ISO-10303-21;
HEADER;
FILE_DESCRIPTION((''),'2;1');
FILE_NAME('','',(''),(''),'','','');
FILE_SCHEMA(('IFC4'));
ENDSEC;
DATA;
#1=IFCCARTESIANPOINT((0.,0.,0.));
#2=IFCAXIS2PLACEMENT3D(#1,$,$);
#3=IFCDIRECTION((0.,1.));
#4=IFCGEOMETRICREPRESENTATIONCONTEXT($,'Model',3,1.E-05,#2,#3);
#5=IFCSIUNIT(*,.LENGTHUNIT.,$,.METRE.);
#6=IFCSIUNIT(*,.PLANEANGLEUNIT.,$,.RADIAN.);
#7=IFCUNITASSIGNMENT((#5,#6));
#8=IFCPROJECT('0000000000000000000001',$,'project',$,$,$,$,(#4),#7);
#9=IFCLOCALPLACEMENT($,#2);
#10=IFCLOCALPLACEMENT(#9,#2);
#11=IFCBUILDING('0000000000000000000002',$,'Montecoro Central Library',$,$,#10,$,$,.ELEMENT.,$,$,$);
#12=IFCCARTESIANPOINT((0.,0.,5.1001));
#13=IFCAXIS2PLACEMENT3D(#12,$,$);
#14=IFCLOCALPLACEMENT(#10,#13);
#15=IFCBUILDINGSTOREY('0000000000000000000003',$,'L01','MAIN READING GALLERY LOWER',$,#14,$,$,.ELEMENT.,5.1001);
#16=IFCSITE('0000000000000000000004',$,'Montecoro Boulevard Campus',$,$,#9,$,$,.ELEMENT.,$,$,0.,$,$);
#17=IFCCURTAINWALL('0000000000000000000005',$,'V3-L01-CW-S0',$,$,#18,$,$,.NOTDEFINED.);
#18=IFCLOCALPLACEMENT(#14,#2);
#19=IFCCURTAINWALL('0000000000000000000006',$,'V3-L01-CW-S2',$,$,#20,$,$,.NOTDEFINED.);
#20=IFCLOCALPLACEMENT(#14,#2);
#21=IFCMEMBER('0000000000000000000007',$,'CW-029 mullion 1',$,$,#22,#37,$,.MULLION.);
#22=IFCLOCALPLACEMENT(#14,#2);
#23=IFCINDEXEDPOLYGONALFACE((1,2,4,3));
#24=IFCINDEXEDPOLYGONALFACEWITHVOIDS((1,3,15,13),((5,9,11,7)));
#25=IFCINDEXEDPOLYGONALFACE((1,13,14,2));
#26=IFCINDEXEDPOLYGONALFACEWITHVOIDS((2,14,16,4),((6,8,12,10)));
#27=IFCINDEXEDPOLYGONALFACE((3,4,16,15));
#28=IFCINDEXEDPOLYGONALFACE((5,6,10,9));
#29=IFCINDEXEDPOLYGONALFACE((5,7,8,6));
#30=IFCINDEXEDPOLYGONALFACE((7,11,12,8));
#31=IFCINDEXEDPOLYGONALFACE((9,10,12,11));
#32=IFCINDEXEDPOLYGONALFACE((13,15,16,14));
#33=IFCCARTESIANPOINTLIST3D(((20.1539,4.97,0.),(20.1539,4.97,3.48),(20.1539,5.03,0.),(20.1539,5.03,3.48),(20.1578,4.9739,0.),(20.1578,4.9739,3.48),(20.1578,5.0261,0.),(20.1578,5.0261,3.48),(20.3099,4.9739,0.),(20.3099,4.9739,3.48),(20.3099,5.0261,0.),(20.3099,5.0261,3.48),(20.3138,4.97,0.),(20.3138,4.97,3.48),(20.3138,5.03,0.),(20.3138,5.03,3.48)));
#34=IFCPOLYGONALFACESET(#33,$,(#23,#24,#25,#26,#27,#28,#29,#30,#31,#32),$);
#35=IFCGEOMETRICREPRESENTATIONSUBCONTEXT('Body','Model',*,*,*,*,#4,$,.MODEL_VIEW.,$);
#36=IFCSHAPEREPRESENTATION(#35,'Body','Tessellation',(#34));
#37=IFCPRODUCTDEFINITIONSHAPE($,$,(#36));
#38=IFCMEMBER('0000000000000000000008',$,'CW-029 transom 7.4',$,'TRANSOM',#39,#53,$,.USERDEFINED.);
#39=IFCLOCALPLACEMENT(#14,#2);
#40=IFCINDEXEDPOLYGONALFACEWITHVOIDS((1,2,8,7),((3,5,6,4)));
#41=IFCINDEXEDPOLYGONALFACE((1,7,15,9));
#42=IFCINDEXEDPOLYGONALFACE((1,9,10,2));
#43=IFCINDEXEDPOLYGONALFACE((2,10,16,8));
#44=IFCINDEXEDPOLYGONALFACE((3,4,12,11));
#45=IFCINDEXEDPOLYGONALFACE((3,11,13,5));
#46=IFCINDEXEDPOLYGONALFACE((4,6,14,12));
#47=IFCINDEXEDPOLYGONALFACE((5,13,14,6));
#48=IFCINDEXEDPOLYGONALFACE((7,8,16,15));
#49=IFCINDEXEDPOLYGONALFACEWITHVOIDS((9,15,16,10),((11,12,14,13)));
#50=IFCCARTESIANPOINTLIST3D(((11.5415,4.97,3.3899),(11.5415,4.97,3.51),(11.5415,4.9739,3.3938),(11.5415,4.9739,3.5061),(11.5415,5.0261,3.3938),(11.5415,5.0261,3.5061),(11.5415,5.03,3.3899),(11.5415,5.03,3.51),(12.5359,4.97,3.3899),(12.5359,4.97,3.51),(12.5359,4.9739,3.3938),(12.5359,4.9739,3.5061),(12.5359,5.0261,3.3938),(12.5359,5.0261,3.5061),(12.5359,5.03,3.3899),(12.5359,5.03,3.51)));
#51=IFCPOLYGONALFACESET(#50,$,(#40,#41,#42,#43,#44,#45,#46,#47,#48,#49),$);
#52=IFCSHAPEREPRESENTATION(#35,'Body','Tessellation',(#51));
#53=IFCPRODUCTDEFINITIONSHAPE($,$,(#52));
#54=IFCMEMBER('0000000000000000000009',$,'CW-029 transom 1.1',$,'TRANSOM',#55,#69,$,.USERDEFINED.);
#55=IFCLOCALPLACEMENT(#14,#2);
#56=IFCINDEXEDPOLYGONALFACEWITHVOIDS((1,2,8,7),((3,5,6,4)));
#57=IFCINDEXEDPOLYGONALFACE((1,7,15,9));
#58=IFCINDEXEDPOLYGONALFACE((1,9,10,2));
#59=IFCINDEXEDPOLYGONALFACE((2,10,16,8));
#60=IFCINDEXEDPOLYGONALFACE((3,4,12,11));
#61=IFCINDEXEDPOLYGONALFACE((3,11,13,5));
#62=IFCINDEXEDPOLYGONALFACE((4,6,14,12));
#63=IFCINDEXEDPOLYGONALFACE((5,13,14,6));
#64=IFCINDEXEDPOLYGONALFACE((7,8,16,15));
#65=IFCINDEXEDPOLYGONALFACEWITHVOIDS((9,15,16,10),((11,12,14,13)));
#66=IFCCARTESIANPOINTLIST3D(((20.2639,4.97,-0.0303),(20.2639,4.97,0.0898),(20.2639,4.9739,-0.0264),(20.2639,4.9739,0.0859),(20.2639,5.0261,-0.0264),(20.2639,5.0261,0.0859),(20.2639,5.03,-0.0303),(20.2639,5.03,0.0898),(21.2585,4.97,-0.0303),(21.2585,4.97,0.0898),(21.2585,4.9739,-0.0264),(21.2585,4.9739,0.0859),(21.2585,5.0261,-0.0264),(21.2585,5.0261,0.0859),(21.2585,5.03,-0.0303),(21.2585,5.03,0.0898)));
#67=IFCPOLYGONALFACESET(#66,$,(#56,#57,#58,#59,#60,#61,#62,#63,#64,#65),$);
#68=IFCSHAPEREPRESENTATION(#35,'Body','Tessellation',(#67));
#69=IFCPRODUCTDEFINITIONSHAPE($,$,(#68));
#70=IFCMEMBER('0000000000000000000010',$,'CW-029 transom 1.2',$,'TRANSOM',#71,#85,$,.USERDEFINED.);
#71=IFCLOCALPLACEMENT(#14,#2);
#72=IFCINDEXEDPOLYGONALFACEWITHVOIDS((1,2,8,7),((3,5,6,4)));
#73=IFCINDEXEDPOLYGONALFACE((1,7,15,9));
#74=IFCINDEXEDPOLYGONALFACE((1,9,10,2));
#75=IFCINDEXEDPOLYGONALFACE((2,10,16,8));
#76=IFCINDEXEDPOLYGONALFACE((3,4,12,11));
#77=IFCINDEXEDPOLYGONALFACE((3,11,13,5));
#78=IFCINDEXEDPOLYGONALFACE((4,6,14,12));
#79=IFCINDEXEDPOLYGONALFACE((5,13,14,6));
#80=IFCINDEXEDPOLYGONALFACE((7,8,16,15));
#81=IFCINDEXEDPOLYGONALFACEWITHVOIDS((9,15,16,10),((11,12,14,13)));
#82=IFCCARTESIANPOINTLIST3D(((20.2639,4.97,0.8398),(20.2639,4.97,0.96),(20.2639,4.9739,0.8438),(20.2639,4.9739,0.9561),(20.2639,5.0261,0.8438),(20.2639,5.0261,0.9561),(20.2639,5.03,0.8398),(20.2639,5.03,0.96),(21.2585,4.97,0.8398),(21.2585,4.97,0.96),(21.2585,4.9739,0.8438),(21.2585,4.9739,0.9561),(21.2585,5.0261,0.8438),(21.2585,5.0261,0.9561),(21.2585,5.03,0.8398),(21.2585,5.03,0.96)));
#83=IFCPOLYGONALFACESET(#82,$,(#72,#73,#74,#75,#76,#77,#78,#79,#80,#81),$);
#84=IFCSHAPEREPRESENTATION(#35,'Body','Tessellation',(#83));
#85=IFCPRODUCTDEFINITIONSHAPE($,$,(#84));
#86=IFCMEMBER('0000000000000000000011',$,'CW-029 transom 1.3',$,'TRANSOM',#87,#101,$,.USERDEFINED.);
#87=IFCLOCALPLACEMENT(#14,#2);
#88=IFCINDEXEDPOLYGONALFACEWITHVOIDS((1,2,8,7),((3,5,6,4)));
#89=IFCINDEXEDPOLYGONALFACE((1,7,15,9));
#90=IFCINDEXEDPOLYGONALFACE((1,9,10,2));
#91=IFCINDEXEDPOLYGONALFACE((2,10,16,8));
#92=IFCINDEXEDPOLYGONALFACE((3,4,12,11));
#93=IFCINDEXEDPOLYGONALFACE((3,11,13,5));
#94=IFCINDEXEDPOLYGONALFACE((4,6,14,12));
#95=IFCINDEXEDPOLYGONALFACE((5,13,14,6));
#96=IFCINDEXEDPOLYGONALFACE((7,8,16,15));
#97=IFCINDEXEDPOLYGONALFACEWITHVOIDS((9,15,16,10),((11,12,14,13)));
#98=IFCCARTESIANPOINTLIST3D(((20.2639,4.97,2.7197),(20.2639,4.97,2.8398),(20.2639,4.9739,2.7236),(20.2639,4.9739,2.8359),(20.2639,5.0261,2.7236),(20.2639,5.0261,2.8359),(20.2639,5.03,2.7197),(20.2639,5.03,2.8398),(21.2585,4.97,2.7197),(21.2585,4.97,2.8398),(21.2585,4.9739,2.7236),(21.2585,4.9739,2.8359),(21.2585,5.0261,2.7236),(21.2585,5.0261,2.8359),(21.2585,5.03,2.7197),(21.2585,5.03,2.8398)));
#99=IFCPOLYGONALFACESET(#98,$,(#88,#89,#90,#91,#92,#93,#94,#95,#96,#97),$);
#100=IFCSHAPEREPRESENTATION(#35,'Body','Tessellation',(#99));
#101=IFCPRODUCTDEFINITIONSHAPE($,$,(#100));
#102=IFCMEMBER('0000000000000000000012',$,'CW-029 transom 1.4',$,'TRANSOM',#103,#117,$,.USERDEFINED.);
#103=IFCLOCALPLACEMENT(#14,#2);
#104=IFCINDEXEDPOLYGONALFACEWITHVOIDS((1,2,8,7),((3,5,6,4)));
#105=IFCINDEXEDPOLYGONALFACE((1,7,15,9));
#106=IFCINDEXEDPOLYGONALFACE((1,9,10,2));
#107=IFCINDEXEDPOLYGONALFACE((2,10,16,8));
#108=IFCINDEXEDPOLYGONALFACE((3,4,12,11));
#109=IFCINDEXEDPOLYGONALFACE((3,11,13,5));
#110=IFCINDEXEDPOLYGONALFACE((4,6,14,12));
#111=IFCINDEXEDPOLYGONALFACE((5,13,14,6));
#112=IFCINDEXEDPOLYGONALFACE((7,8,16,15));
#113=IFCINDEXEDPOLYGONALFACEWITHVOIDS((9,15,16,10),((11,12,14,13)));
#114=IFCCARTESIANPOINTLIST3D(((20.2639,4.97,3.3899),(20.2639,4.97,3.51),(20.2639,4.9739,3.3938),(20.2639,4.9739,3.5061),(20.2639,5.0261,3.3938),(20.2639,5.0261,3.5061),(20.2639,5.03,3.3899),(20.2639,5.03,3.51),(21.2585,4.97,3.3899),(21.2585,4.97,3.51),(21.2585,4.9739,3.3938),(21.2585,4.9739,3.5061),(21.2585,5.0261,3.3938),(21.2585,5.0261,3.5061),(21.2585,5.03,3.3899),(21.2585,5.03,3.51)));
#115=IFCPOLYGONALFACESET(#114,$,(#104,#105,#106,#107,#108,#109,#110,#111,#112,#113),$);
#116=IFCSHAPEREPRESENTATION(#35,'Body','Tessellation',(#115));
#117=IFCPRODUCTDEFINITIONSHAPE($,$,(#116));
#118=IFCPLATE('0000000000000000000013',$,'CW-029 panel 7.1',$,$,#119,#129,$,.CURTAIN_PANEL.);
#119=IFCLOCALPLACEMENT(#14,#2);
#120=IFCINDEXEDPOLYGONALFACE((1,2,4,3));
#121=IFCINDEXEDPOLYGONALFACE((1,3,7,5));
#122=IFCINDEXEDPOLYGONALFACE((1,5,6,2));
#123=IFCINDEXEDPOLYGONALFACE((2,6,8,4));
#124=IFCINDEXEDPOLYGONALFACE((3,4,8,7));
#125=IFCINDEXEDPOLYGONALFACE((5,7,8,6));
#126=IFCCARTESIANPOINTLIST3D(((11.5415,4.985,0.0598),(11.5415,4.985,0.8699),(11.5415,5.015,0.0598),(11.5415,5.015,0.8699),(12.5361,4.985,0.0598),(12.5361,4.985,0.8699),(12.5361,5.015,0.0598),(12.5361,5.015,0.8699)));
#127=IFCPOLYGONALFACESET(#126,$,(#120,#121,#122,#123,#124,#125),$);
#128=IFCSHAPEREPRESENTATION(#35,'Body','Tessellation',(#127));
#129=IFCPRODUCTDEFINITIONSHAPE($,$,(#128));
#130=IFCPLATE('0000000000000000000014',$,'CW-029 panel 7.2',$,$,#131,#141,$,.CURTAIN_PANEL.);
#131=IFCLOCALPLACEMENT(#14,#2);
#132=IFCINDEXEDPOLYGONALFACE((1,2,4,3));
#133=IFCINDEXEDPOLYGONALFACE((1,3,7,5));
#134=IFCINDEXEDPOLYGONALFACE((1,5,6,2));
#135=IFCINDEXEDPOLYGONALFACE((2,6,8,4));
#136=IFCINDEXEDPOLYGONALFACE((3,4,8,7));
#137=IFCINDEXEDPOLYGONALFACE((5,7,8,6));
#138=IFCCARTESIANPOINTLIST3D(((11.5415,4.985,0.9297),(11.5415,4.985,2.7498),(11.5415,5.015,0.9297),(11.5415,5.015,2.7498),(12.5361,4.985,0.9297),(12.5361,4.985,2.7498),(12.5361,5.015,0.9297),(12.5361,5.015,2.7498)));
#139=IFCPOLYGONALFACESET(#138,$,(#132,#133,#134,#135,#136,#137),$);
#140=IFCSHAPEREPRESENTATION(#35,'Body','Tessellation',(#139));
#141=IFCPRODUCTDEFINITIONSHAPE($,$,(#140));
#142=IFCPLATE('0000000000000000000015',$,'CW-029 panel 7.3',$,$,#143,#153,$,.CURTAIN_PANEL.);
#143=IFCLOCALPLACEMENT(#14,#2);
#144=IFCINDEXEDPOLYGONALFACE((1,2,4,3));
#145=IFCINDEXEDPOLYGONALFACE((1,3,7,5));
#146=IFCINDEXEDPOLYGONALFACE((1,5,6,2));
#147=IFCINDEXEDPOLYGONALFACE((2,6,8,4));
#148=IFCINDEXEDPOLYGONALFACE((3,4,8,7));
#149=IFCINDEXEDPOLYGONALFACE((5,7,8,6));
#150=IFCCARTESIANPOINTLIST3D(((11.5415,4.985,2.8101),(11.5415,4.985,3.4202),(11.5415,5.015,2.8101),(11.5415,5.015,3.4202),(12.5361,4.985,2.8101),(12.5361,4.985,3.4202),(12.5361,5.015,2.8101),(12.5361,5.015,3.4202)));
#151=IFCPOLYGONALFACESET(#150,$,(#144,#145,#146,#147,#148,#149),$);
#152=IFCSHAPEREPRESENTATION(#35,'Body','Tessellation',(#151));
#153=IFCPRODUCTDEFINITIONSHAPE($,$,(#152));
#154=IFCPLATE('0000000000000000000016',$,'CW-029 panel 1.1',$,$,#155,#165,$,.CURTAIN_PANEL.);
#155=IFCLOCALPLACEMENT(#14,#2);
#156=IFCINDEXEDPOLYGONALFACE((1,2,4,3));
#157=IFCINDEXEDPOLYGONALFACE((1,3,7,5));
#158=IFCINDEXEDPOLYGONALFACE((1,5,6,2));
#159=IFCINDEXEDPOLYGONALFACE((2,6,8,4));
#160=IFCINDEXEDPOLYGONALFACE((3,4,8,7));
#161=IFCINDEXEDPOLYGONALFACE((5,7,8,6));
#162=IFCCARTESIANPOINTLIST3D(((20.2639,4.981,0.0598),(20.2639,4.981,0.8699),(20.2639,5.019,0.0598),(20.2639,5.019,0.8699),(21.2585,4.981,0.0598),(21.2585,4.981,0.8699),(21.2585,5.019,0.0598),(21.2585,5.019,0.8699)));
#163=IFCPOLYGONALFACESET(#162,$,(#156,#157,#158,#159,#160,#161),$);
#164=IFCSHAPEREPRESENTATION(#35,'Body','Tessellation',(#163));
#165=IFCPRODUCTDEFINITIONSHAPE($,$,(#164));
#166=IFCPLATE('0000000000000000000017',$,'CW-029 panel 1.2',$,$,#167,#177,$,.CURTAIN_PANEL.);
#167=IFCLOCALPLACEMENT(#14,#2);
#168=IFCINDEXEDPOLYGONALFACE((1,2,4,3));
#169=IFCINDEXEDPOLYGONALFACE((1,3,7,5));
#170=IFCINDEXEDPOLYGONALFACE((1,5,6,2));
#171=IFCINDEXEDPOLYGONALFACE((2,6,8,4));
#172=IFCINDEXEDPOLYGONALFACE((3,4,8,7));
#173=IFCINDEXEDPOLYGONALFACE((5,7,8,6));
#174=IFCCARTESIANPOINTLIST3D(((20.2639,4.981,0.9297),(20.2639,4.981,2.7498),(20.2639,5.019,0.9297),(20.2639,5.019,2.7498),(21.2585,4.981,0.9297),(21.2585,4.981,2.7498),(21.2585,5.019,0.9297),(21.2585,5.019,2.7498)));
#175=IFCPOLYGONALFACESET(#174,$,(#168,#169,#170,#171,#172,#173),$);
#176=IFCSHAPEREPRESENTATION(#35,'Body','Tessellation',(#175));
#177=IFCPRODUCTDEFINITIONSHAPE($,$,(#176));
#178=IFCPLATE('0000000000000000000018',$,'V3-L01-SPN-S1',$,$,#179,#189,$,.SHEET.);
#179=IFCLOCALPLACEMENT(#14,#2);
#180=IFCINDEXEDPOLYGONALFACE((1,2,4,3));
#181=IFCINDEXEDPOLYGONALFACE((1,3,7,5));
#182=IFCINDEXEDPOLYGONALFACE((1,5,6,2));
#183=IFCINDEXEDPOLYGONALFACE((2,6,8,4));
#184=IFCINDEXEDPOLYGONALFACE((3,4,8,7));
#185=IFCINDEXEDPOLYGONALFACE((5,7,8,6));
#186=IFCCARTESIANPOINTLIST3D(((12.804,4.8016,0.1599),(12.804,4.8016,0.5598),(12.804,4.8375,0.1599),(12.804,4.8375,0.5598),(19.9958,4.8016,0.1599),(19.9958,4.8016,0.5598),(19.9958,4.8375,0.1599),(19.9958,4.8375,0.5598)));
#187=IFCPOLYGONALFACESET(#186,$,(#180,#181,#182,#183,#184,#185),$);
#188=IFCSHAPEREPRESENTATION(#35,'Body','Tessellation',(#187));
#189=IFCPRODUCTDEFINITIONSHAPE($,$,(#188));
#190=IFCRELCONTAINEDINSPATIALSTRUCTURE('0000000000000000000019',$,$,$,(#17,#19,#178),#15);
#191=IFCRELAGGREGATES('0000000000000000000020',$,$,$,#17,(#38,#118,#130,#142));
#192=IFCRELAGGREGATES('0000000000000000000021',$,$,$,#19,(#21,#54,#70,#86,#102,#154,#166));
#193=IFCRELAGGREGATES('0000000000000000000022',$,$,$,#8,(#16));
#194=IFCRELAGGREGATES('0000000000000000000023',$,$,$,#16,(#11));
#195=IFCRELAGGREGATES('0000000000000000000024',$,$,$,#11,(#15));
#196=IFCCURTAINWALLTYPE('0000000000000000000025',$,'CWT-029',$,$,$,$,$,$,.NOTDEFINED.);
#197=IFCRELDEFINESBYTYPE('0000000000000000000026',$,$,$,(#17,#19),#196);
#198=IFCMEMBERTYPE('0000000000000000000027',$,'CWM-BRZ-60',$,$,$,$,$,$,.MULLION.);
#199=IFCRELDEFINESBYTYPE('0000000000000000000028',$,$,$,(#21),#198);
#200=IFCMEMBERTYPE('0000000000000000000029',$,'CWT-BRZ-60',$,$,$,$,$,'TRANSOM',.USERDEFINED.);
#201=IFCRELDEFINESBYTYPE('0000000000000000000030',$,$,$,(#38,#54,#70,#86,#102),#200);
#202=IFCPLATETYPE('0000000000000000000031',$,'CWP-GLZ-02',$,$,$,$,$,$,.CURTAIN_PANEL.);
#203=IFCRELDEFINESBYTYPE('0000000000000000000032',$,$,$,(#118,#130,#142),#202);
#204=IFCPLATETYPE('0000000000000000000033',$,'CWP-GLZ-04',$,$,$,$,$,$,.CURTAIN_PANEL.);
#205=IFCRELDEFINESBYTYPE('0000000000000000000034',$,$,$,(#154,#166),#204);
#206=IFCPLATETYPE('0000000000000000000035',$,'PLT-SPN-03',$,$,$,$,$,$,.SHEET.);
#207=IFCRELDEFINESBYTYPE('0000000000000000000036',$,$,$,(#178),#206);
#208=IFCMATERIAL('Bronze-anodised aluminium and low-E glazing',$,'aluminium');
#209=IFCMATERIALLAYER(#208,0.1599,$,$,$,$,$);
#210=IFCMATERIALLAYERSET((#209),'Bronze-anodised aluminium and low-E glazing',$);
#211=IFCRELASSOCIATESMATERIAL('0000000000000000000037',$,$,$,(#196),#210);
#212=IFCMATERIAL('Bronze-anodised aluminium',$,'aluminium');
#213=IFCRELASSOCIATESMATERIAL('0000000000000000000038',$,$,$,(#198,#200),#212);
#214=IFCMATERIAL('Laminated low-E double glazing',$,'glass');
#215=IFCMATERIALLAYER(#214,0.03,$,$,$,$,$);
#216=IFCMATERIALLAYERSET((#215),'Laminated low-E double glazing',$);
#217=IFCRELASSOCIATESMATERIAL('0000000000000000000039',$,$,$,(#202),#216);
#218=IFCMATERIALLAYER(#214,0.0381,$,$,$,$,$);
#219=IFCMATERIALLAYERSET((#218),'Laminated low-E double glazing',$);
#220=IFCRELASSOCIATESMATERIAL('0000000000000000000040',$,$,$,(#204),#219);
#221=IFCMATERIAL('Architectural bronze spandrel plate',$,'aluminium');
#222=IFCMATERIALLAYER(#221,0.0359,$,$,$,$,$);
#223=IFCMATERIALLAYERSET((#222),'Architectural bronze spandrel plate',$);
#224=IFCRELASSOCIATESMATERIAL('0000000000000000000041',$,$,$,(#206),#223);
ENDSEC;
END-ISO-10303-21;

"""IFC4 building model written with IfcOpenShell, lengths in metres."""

from ifc_helpers import new_model, si_unit, direction, frame, origin, origin_2d, place, context, subcontext, project, spatial, rectangle, hollow_rectangle, extrude, material, layer, layer_set, material_profile, profile_set, type_object, element, aggregate, save


model = new_model("IFC4")

# Units and contexts
model_context = context("Model", 3, precision=1e-05, world=origin(), true_north=direction((0.0, 1.0)))
body_context = subcontext(model_context, "Body", "Model", "MODEL_VIEW")
ifc_project = project(units=[si_unit("LENGTHUNIT", "METRE"), si_unit("PLANEANGLEUNIT", "RADIAN")], contexts=[model_context])

# Site, building, storey
site_placement = place(None, origin())
site = spatial("IfcSite", under=ifc_project, at=site_placement, Name="Montecoro Boulevard Campus", CompositionType="ELEMENT", RefElevation=0.0)
building_placement = place(site_placement, origin())
building = spatial("IfcBuilding", under=site, at=building_placement, Name="Montecoro Central Library", CompositionType="ELEMENT")
storey_placement = place(building_placement, frame((0.0, 0.0, 5.1001)))
storey = spatial("IfcBuildingStorey", under=building, at=storey_placement, Name="L01", Description="MAIN READING GALLERY LOWER", CompositionType="ELEMENT", Elevation=5.1001)

# Curtain walls, member
ifc_material_1 = material(Name="Bronze-anodised aluminium and low-E glazing", Category="aluminium")
ifc_layer_1 = layer(ifc_material_1, 0.1599)
ifc_layer_set_1 = layer_set([ifc_layer_1], Name="Bronze-anodised aluminium and low-E glazing")
curtain_wall_type = type_object("IfcCurtainWallType", Name="CWT-029", PredefinedType="NOTDEFINED", material=ifc_layer_set_1)
curtain_wall_1_placement = place(storey_placement, origin())
curtain_wall_1 = element("IfcCurtainWall", 1, at=curtain_wall_1_placement, inside=storey, type_object=curtain_wall_type, Name="V3-L01-CW-S0", PredefinedType="NOTDEFINED")
ifc_material_2 = material(Name="Bronze-anodised aluminium", Category="aluminium")
ifc_material_profile_1 = material_profile(ifc_material_2, hollow_rectangle(XDim=0.0601, YDim=0.1599, WallThickness=0.0039, at=origin_2d()), Name="CWM 160x60x4.0")
ifc_profile_set_1 = profile_set([ifc_material_profile_1], Name="Bronze-anodised aluminium")
member_type_1 = type_object("IfcMemberType", Name="CWM-BRZ-60", PredefinedType="MULLION", material=ifc_profile_set_1)
curtain_wall_2_placement = place(storey_placement, origin())
curtain_wall_2 = element("IfcCurtainWall", 2, at=curtain_wall_2_placement, inside=storey, type_object=curtain_wall_type, Name="V3-L01-CW-S2", PredefinedType="NOTDEFINED")
member_1_placement = place(storey_placement, frame((20.2339, 5.0, 0.0), z_axis=(0.0, 0.0, 1.0), x_axis=(0.0, 1.0, 0.0)))
member_1 = element("IfcMember", 3, at=member_1_placement, type_object=member_type_1, Name="CW-029 mullion 1", PredefinedType="MULLION", context=body_context, shape_type="SweptSolid", body=[
    extrude(hollow_rectangle(XDim=0.0601, YDim=0.1599, WallThickness=0.0039, at=origin_2d()), origin(), (0.0, 0.0, 1.0), 3.48),
])

# Members
ifc_material_profile_2 = material_profile(ifc_material_2, hollow_rectangle(XDim=0.0601, YDim=0.1201, WallThickness=0.0039, at=origin_2d()), Name="CWT 120x60x4.0")
ifc_profile_set_2 = profile_set([ifc_material_profile_2], Name="Bronze-anodised aluminium")
member_type_2 = type_object("IfcMemberType", Name="CWT-BRZ-60", ElementType="TRANSOM", PredefinedType="USERDEFINED", material=ifc_profile_set_2)
member_2_placement = place(storey_placement, frame((11.5415, 5.0, 3.45), z_axis=(1.0, 0.0, 0.0), x_axis=(0.0, 1.0, 0.0)))
member_2 = element("IfcMember", 4, at=member_2_placement, type_object=member_type_2, Name="CW-029 transom 7.4", ObjectType="TRANSOM", PredefinedType="USERDEFINED", context=body_context, shape_type="SweptSolid", body=[
    extrude(hollow_rectangle(XDim=0.0601, YDim=0.1201, WallThickness=0.0039, at=origin_2d()), origin(), (0.0, 0.0, 1.0), 0.9944),
])
member_3_placement = place(storey_placement, frame((20.2639, 5.0, 0.0298), z_axis=(1.0, 0.0, 0.0), x_axis=(0.0, 1.0, 0.0)))
member_3 = element("IfcMember", 5, at=member_3_placement, type_object=member_type_2, Name="CW-029 transom 1.1", ObjectType="TRANSOM", PredefinedType="USERDEFINED", context=body_context, shape_type="SweptSolid", body=[
    extrude(hollow_rectangle(XDim=0.0601, YDim=0.1201, WallThickness=0.0039, at=origin_2d()), origin(), (0.0, 0.0, 1.0), 0.9946),
])
member_4_placement = place(storey_placement, frame((20.2639, 5.0, 0.8999), z_axis=(1.0, 0.0, 0.0), x_axis=(0.0, 1.0, 0.0)))
member_4 = element("IfcMember", 6, at=member_4_placement, type_object=member_type_2, Name="CW-029 transom 1.2", ObjectType="TRANSOM", PredefinedType="USERDEFINED", context=body_context, shape_type="SweptSolid", body=[
    extrude(hollow_rectangle(XDim=0.0601, YDim=0.1201, WallThickness=0.0039, at=origin_2d()), origin(), (0.0, 0.0, 1.0), 0.9946),
])
member_5_placement = place(storey_placement, frame((20.2639, 5.0, 2.7798), z_axis=(1.0, 0.0, 0.0), x_axis=(0.0, 1.0, 0.0)))
member_5 = element("IfcMember", 7, at=member_5_placement, type_object=member_type_2, Name="CW-029 transom 1.3", ObjectType="TRANSOM", PredefinedType="USERDEFINED", context=body_context, shape_type="SweptSolid", body=[
    extrude(hollow_rectangle(XDim=0.0601, YDim=0.1201, WallThickness=0.0039, at=origin_2d()), origin(), (0.0, 0.0, 1.0), 0.9946),
])
member_6_placement = place(storey_placement, frame((20.2639, 5.0, 3.45), z_axis=(1.0, 0.0, 0.0), x_axis=(0.0, 1.0, 0.0)))
member_6 = element("IfcMember", 8, at=member_6_placement, type_object=member_type_2, Name="CW-029 transom 1.4", ObjectType="TRANSOM", PredefinedType="USERDEFINED", context=body_context, shape_type="SweptSolid", body=[
    extrude(hollow_rectangle(XDim=0.0601, YDim=0.1201, WallThickness=0.0039, at=origin_2d()), origin(), (0.0, 0.0, 1.0), 0.9946),
])

# Plates
ifc_material_3 = material(Name="Laminated low-E double glazing", Category="glass")
ifc_layer_2 = layer(ifc_material_3, 0.03)
ifc_layer_set_2 = layer_set([ifc_layer_2], Name="Laminated low-E double glazing")
plate_type_1 = type_object("IfcPlateType", Name="CWP-GLZ-02", PredefinedType="CURTAIN_PANEL", material=ifc_layer_set_2)
plate_1_placement = place(storey_placement, frame((12.0388, 5.0, 0.0598), z_axis=(0.0, 0.0, 1.0), x_axis=(1.0, 0.0, 0.0)))
plate_1 = element("IfcPlate", 9, at=plate_1_placement, type_object=plate_type_1, Name="CW-029 panel 7.1", PredefinedType="CURTAIN_PANEL", context=body_context, shape_type="SweptSolid", body=[
    extrude(rectangle(XDim=0.9946, YDim=0.03, at=origin_2d()), origin(), (0.0, 0.0, 1.0), 0.8101),
])
plate_2_placement = place(storey_placement, frame((12.0388, 5.0, 0.9297), z_axis=(0.0, 0.0, 1.0), x_axis=(1.0, 0.0, 0.0)))
plate_2 = element("IfcPlate", 10, at=plate_2_placement, type_object=plate_type_1, Name="CW-029 panel 7.2", PredefinedType="CURTAIN_PANEL", context=body_context, shape_type="SweptSolid", body=[
    extrude(rectangle(XDim=0.9946, YDim=0.03, at=origin_2d()), origin(), (0.0, 0.0, 1.0), 1.8201),
])
plate_3_placement = place(storey_placement, frame((12.0388, 5.0, 2.8101), z_axis=(0.0, 0.0, 1.0), x_axis=(1.0, 0.0, 0.0)))
plate_3 = element("IfcPlate", 11, at=plate_3_placement, type_object=plate_type_1, Name="CW-029 panel 7.3", PredefinedType="CURTAIN_PANEL", context=body_context, shape_type="SweptSolid", body=[
    extrude(rectangle(XDim=0.9946, YDim=0.03, at=origin_2d()), origin(), (0.0, 0.0, 1.0), 0.6101),
])
aggregate(curtain_wall_1, [member_2, plate_1, plate_2, plate_3])
ifc_layer_3 = layer(ifc_material_3, 0.0381)
ifc_layer_set_3 = layer_set([ifc_layer_3], Name="Laminated low-E double glazing")
plate_type_2 = type_object("IfcPlateType", Name="CWP-GLZ-04", PredefinedType="CURTAIN_PANEL", material=ifc_layer_set_3)
plate_4_placement = place(storey_placement, frame((20.7612, 5.0, 0.0598), z_axis=(0.0, 0.0, 1.0), x_axis=(1.0, 0.0, 0.0)))
plate_4 = element("IfcPlate", 12, at=plate_4_placement, type_object=plate_type_2, Name="CW-029 panel 1.1", PredefinedType="CURTAIN_PANEL", context=body_context, shape_type="SweptSolid", body=[
    extrude(rectangle(XDim=0.9946, YDim=0.0381, at=origin_2d()), origin(), (0.0, 0.0, 1.0), 0.8101),
])
plate_5_placement = place(storey_placement, frame((20.7612, 5.0, 0.9297), z_axis=(0.0, 0.0, 1.0), x_axis=(1.0, 0.0, 0.0)))
plate_5 = element("IfcPlate", 13, at=plate_5_placement, type_object=plate_type_2, Name="CW-029 panel 1.2", PredefinedType="CURTAIN_PANEL", context=body_context, shape_type="SweptSolid", body=[
    extrude(rectangle(XDim=0.9946, YDim=0.0381, at=origin_2d()), origin(), (0.0, 0.0, 1.0), 1.8201),
])
aggregate(curtain_wall_2, [member_1, member_3, member_4, member_5, member_6, plate_4, plate_5])
ifc_material_4 = material(Name="Architectural bronze spandrel plate", Category="aluminium")
ifc_layer_4 = layer(ifc_material_4, 0.0359)
ifc_layer_set_4 = layer_set([ifc_layer_4], Name="Architectural bronze spandrel plate")
plate_type_3 = type_object("IfcPlateType", Name="PLT-SPN-03", PredefinedType="SHEET", material=ifc_layer_set_4)
plate_6_placement = place(storey_placement, frame((16.3999, 4.8196, 0.1599), z_axis=(0.0, 0.0, 1.0), x_axis=(1.0, 0.0, 0.0)))
element("IfcPlate", 14, at=plate_6_placement, inside=storey, type_object=plate_type_3, Name="V3-L01-SPN-S1", PredefinedType="SHEET", context=body_context, shape_type="SweptSolid", body=[
    extrude(rectangle(XDim=7.1919, YDim=0.0359, at=origin_2d()), origin(), (0.0, 0.0, 1.0), 0.3999),
])

save(model, "model.ifc")
